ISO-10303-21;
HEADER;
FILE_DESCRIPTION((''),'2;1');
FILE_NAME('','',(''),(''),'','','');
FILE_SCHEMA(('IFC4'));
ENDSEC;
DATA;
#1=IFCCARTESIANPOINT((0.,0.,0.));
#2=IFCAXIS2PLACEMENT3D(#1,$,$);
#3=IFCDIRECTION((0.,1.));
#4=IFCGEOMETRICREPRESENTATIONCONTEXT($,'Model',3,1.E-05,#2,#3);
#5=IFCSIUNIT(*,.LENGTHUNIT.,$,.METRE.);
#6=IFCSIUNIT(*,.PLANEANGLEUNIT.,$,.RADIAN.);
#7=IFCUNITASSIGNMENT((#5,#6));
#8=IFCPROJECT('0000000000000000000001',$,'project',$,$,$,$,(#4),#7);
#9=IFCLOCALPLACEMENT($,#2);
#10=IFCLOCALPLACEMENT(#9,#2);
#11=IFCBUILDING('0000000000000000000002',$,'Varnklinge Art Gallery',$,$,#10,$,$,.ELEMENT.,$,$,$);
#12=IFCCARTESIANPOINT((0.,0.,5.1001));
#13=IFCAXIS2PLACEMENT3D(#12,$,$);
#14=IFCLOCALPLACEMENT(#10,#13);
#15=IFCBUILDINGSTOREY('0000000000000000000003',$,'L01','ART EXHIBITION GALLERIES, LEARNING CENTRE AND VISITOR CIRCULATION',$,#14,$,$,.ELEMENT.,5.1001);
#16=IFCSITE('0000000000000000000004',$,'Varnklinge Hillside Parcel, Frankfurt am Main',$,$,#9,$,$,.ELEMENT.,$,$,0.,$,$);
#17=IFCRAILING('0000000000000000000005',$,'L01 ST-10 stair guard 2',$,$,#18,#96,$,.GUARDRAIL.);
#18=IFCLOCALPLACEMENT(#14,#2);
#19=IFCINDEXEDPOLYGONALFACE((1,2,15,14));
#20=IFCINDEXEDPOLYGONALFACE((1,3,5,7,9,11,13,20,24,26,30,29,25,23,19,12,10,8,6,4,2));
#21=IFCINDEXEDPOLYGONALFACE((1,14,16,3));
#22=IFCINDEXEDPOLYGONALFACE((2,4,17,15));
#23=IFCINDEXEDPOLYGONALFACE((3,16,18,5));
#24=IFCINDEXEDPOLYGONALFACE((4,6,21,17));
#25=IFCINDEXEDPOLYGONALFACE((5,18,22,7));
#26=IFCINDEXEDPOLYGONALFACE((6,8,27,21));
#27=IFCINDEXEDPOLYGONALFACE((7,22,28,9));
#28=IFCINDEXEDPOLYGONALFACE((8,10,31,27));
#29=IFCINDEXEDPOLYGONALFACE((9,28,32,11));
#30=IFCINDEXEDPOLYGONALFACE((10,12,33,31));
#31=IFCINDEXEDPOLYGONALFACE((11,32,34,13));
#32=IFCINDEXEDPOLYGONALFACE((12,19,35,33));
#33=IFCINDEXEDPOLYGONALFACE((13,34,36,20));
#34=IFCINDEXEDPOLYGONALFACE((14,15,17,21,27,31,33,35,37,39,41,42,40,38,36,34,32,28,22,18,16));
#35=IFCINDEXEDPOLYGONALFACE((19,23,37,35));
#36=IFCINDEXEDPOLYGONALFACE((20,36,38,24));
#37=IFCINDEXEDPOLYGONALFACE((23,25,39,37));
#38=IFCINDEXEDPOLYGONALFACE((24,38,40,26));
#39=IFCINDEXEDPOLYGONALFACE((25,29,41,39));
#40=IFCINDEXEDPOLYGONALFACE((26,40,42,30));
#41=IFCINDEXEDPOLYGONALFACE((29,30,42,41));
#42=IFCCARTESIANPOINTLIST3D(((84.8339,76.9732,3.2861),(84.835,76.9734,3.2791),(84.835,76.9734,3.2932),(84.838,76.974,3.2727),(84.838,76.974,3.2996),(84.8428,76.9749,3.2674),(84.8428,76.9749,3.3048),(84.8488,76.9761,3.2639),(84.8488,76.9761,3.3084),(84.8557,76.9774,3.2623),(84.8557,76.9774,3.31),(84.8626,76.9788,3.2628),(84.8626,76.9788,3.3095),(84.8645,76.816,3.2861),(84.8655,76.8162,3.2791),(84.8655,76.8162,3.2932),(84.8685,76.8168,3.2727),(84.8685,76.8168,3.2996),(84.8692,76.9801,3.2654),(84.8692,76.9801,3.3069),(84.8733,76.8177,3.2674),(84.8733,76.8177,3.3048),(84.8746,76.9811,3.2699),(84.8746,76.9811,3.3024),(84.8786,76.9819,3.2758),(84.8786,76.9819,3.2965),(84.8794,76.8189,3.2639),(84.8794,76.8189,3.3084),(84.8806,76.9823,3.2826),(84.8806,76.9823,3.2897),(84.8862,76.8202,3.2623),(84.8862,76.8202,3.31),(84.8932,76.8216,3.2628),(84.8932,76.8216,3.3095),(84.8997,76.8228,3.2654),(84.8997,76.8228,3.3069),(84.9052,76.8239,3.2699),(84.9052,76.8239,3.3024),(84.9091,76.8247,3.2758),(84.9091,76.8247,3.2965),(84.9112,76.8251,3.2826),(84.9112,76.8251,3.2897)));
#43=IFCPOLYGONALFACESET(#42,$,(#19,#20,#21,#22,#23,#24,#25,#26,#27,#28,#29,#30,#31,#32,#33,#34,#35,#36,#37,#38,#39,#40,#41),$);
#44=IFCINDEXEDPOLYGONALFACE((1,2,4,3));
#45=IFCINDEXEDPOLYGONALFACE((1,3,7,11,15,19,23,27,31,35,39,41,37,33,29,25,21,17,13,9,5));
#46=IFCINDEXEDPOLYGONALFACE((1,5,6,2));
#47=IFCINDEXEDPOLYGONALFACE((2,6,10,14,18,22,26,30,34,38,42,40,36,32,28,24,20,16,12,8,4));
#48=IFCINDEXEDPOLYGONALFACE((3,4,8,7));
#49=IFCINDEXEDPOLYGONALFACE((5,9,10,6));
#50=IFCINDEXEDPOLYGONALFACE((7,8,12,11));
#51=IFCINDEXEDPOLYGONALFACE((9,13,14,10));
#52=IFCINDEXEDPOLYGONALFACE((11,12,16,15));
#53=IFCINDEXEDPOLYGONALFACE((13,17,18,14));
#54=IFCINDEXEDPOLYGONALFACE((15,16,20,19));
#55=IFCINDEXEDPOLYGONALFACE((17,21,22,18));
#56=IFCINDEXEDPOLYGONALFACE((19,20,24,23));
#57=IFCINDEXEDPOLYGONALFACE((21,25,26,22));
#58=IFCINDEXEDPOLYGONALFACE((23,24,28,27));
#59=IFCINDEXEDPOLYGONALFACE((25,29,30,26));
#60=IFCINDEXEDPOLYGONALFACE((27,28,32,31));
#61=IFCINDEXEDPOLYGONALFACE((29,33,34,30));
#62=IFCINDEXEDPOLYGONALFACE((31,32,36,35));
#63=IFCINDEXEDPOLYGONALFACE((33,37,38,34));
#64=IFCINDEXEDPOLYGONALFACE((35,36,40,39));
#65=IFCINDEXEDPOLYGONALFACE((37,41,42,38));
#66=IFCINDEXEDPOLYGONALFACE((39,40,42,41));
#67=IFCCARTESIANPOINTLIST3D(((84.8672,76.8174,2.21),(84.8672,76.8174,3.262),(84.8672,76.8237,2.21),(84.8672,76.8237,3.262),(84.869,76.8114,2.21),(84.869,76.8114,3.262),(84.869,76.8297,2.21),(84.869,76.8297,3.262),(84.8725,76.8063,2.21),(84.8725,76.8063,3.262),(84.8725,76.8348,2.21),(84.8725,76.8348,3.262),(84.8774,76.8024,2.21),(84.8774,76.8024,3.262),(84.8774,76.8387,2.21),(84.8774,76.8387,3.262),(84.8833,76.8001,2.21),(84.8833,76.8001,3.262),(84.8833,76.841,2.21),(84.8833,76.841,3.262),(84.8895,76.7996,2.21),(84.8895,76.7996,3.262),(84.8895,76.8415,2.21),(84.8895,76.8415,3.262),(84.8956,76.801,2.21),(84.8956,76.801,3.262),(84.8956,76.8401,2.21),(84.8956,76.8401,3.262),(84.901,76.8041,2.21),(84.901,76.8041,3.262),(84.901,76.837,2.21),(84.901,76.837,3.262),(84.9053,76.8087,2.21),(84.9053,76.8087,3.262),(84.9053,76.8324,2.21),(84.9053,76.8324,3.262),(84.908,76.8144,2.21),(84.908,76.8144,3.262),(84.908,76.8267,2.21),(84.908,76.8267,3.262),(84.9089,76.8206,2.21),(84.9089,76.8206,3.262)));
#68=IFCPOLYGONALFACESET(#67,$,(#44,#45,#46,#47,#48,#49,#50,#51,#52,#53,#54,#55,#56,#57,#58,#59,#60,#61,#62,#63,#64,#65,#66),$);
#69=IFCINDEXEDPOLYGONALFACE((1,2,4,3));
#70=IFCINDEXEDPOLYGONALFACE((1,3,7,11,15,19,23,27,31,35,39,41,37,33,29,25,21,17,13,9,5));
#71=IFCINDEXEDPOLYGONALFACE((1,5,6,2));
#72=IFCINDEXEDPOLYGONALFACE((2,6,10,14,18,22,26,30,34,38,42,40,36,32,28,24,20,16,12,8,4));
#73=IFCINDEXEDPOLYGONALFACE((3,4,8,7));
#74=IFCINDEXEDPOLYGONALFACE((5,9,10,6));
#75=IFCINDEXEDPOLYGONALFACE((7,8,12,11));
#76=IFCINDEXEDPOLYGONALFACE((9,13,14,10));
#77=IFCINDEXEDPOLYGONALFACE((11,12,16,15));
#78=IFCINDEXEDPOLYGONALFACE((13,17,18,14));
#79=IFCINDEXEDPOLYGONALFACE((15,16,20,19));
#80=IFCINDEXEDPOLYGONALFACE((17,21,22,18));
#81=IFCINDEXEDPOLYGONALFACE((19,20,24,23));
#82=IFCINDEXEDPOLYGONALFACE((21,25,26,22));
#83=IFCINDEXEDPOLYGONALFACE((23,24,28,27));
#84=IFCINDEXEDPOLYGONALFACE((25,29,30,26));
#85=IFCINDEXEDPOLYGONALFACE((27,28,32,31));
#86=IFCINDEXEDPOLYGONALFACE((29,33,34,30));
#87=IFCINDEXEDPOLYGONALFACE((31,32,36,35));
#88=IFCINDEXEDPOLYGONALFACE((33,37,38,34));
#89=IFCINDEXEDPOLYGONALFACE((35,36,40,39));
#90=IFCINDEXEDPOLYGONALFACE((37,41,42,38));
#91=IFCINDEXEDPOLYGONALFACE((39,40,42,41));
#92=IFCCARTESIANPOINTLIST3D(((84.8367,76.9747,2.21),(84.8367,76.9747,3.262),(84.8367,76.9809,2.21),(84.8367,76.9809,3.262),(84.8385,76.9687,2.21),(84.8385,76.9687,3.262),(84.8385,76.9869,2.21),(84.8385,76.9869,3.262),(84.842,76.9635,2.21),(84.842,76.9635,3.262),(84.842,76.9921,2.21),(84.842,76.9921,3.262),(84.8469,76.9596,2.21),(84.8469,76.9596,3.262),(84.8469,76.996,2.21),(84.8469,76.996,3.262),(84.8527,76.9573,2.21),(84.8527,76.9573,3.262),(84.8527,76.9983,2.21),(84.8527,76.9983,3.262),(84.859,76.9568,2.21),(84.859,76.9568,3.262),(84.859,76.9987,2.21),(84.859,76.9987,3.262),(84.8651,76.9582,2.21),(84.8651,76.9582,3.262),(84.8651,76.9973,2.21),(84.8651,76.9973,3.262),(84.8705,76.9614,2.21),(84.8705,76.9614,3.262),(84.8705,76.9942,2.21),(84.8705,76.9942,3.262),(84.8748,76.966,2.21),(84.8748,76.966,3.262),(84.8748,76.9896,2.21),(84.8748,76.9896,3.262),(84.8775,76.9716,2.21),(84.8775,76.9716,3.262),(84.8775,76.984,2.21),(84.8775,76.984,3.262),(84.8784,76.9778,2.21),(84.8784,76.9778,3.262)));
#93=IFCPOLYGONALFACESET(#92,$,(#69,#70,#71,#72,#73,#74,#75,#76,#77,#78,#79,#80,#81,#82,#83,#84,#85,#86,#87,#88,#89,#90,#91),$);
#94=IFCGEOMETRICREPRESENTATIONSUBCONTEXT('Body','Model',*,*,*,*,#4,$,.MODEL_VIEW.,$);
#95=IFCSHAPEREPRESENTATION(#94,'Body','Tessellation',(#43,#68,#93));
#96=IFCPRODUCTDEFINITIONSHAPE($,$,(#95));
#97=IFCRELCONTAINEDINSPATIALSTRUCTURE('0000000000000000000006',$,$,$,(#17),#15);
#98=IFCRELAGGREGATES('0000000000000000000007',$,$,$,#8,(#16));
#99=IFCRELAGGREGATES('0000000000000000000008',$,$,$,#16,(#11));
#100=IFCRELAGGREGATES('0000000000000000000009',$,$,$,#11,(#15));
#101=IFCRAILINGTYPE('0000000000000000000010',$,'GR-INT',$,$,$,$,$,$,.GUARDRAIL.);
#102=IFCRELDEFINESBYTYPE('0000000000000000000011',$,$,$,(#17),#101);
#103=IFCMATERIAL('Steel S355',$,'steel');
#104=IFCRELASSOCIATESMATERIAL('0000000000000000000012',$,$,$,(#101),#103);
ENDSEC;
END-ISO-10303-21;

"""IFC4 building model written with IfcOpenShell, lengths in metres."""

from ifc_helpers import new_model, si_unit, direction, frame, origin, origin_2d, place, context, subcontext, project, spatial, circle, extrude, material, type_object, element, save


model = new_model("IFC4")

# Units and contexts
model_context = context("Model", 3, precision=1e-05, world=origin(), true_north=direction((0.0, 1.0)))
body_context = subcontext(model_context, "Body", "Model", "MODEL_VIEW")
ifc_project = project(units=[si_unit("LENGTHUNIT", "METRE"), si_unit("PLANEANGLEUNIT", "RADIAN")], contexts=[model_context])

# Site, building, storey
site_placement = place(None, origin())
site = spatial("IfcSite", under=ifc_project, at=site_placement, Name="Varnklinge Hillside Parcel, Frankfurt am Main", CompositionType="ELEMENT", RefElevation=0.0)
building_placement = place(site_placement, origin())
building = spatial("IfcBuilding", under=site, at=building_placement, Name="Varnklinge Art Gallery", CompositionType="ELEMENT")
storey_placement = place(building_placement, frame((0.0, 0.0, 5.1001)))
storey = spatial("IfcBuildingStorey", under=building, at=storey_placement, Name="L01", Description="ART EXHIBITION GALLERIES, LEARNING CENTRE AND VISITOR CIRCULATION", CompositionType="ELEMENT", Elevation=5.1001)

# Railing
ifc_material_1 = material(Name="Steel S355", Category="steel")
railing_type_1 = type_object("IfcRailingType", Name="GR-INT", PredefinedType="GUARDRAIL", material=ifc_material_1)
railing_1_placement = place(storey_placement, frame((84.8879, 76.8206, 2.21)))
element("IfcRailing", 1, at=railing_1_placement, inside=storey, type_object=railing_type_1, Name="L01 ST-10 stair guard 2", PredefinedType="GUARDRAIL", context=body_context, shape_type="SweptSolid", body=[
    extrude(circle(Radius=0.0239, at=origin_2d()), frame((0.0, 0.0, 1.0762), z_axis=(-0.190543, 0.981679, 0.0), x_axis=(-0.981679, -0.190543, 0.0)), (0.0, 0.0, 1.0), 0.1602),
    extrude(circle(Radius=0.021, at=origin_2d()), origin(), (0.0, 0.0, 1.0), 1.052),
    extrude(circle(Radius=0.021, at=origin_2d()), frame((-0.0305, 0.1572, 0.0)), (0.0, 0.0, 1.0), 1.052),
])

save(model, "model.ifc")
